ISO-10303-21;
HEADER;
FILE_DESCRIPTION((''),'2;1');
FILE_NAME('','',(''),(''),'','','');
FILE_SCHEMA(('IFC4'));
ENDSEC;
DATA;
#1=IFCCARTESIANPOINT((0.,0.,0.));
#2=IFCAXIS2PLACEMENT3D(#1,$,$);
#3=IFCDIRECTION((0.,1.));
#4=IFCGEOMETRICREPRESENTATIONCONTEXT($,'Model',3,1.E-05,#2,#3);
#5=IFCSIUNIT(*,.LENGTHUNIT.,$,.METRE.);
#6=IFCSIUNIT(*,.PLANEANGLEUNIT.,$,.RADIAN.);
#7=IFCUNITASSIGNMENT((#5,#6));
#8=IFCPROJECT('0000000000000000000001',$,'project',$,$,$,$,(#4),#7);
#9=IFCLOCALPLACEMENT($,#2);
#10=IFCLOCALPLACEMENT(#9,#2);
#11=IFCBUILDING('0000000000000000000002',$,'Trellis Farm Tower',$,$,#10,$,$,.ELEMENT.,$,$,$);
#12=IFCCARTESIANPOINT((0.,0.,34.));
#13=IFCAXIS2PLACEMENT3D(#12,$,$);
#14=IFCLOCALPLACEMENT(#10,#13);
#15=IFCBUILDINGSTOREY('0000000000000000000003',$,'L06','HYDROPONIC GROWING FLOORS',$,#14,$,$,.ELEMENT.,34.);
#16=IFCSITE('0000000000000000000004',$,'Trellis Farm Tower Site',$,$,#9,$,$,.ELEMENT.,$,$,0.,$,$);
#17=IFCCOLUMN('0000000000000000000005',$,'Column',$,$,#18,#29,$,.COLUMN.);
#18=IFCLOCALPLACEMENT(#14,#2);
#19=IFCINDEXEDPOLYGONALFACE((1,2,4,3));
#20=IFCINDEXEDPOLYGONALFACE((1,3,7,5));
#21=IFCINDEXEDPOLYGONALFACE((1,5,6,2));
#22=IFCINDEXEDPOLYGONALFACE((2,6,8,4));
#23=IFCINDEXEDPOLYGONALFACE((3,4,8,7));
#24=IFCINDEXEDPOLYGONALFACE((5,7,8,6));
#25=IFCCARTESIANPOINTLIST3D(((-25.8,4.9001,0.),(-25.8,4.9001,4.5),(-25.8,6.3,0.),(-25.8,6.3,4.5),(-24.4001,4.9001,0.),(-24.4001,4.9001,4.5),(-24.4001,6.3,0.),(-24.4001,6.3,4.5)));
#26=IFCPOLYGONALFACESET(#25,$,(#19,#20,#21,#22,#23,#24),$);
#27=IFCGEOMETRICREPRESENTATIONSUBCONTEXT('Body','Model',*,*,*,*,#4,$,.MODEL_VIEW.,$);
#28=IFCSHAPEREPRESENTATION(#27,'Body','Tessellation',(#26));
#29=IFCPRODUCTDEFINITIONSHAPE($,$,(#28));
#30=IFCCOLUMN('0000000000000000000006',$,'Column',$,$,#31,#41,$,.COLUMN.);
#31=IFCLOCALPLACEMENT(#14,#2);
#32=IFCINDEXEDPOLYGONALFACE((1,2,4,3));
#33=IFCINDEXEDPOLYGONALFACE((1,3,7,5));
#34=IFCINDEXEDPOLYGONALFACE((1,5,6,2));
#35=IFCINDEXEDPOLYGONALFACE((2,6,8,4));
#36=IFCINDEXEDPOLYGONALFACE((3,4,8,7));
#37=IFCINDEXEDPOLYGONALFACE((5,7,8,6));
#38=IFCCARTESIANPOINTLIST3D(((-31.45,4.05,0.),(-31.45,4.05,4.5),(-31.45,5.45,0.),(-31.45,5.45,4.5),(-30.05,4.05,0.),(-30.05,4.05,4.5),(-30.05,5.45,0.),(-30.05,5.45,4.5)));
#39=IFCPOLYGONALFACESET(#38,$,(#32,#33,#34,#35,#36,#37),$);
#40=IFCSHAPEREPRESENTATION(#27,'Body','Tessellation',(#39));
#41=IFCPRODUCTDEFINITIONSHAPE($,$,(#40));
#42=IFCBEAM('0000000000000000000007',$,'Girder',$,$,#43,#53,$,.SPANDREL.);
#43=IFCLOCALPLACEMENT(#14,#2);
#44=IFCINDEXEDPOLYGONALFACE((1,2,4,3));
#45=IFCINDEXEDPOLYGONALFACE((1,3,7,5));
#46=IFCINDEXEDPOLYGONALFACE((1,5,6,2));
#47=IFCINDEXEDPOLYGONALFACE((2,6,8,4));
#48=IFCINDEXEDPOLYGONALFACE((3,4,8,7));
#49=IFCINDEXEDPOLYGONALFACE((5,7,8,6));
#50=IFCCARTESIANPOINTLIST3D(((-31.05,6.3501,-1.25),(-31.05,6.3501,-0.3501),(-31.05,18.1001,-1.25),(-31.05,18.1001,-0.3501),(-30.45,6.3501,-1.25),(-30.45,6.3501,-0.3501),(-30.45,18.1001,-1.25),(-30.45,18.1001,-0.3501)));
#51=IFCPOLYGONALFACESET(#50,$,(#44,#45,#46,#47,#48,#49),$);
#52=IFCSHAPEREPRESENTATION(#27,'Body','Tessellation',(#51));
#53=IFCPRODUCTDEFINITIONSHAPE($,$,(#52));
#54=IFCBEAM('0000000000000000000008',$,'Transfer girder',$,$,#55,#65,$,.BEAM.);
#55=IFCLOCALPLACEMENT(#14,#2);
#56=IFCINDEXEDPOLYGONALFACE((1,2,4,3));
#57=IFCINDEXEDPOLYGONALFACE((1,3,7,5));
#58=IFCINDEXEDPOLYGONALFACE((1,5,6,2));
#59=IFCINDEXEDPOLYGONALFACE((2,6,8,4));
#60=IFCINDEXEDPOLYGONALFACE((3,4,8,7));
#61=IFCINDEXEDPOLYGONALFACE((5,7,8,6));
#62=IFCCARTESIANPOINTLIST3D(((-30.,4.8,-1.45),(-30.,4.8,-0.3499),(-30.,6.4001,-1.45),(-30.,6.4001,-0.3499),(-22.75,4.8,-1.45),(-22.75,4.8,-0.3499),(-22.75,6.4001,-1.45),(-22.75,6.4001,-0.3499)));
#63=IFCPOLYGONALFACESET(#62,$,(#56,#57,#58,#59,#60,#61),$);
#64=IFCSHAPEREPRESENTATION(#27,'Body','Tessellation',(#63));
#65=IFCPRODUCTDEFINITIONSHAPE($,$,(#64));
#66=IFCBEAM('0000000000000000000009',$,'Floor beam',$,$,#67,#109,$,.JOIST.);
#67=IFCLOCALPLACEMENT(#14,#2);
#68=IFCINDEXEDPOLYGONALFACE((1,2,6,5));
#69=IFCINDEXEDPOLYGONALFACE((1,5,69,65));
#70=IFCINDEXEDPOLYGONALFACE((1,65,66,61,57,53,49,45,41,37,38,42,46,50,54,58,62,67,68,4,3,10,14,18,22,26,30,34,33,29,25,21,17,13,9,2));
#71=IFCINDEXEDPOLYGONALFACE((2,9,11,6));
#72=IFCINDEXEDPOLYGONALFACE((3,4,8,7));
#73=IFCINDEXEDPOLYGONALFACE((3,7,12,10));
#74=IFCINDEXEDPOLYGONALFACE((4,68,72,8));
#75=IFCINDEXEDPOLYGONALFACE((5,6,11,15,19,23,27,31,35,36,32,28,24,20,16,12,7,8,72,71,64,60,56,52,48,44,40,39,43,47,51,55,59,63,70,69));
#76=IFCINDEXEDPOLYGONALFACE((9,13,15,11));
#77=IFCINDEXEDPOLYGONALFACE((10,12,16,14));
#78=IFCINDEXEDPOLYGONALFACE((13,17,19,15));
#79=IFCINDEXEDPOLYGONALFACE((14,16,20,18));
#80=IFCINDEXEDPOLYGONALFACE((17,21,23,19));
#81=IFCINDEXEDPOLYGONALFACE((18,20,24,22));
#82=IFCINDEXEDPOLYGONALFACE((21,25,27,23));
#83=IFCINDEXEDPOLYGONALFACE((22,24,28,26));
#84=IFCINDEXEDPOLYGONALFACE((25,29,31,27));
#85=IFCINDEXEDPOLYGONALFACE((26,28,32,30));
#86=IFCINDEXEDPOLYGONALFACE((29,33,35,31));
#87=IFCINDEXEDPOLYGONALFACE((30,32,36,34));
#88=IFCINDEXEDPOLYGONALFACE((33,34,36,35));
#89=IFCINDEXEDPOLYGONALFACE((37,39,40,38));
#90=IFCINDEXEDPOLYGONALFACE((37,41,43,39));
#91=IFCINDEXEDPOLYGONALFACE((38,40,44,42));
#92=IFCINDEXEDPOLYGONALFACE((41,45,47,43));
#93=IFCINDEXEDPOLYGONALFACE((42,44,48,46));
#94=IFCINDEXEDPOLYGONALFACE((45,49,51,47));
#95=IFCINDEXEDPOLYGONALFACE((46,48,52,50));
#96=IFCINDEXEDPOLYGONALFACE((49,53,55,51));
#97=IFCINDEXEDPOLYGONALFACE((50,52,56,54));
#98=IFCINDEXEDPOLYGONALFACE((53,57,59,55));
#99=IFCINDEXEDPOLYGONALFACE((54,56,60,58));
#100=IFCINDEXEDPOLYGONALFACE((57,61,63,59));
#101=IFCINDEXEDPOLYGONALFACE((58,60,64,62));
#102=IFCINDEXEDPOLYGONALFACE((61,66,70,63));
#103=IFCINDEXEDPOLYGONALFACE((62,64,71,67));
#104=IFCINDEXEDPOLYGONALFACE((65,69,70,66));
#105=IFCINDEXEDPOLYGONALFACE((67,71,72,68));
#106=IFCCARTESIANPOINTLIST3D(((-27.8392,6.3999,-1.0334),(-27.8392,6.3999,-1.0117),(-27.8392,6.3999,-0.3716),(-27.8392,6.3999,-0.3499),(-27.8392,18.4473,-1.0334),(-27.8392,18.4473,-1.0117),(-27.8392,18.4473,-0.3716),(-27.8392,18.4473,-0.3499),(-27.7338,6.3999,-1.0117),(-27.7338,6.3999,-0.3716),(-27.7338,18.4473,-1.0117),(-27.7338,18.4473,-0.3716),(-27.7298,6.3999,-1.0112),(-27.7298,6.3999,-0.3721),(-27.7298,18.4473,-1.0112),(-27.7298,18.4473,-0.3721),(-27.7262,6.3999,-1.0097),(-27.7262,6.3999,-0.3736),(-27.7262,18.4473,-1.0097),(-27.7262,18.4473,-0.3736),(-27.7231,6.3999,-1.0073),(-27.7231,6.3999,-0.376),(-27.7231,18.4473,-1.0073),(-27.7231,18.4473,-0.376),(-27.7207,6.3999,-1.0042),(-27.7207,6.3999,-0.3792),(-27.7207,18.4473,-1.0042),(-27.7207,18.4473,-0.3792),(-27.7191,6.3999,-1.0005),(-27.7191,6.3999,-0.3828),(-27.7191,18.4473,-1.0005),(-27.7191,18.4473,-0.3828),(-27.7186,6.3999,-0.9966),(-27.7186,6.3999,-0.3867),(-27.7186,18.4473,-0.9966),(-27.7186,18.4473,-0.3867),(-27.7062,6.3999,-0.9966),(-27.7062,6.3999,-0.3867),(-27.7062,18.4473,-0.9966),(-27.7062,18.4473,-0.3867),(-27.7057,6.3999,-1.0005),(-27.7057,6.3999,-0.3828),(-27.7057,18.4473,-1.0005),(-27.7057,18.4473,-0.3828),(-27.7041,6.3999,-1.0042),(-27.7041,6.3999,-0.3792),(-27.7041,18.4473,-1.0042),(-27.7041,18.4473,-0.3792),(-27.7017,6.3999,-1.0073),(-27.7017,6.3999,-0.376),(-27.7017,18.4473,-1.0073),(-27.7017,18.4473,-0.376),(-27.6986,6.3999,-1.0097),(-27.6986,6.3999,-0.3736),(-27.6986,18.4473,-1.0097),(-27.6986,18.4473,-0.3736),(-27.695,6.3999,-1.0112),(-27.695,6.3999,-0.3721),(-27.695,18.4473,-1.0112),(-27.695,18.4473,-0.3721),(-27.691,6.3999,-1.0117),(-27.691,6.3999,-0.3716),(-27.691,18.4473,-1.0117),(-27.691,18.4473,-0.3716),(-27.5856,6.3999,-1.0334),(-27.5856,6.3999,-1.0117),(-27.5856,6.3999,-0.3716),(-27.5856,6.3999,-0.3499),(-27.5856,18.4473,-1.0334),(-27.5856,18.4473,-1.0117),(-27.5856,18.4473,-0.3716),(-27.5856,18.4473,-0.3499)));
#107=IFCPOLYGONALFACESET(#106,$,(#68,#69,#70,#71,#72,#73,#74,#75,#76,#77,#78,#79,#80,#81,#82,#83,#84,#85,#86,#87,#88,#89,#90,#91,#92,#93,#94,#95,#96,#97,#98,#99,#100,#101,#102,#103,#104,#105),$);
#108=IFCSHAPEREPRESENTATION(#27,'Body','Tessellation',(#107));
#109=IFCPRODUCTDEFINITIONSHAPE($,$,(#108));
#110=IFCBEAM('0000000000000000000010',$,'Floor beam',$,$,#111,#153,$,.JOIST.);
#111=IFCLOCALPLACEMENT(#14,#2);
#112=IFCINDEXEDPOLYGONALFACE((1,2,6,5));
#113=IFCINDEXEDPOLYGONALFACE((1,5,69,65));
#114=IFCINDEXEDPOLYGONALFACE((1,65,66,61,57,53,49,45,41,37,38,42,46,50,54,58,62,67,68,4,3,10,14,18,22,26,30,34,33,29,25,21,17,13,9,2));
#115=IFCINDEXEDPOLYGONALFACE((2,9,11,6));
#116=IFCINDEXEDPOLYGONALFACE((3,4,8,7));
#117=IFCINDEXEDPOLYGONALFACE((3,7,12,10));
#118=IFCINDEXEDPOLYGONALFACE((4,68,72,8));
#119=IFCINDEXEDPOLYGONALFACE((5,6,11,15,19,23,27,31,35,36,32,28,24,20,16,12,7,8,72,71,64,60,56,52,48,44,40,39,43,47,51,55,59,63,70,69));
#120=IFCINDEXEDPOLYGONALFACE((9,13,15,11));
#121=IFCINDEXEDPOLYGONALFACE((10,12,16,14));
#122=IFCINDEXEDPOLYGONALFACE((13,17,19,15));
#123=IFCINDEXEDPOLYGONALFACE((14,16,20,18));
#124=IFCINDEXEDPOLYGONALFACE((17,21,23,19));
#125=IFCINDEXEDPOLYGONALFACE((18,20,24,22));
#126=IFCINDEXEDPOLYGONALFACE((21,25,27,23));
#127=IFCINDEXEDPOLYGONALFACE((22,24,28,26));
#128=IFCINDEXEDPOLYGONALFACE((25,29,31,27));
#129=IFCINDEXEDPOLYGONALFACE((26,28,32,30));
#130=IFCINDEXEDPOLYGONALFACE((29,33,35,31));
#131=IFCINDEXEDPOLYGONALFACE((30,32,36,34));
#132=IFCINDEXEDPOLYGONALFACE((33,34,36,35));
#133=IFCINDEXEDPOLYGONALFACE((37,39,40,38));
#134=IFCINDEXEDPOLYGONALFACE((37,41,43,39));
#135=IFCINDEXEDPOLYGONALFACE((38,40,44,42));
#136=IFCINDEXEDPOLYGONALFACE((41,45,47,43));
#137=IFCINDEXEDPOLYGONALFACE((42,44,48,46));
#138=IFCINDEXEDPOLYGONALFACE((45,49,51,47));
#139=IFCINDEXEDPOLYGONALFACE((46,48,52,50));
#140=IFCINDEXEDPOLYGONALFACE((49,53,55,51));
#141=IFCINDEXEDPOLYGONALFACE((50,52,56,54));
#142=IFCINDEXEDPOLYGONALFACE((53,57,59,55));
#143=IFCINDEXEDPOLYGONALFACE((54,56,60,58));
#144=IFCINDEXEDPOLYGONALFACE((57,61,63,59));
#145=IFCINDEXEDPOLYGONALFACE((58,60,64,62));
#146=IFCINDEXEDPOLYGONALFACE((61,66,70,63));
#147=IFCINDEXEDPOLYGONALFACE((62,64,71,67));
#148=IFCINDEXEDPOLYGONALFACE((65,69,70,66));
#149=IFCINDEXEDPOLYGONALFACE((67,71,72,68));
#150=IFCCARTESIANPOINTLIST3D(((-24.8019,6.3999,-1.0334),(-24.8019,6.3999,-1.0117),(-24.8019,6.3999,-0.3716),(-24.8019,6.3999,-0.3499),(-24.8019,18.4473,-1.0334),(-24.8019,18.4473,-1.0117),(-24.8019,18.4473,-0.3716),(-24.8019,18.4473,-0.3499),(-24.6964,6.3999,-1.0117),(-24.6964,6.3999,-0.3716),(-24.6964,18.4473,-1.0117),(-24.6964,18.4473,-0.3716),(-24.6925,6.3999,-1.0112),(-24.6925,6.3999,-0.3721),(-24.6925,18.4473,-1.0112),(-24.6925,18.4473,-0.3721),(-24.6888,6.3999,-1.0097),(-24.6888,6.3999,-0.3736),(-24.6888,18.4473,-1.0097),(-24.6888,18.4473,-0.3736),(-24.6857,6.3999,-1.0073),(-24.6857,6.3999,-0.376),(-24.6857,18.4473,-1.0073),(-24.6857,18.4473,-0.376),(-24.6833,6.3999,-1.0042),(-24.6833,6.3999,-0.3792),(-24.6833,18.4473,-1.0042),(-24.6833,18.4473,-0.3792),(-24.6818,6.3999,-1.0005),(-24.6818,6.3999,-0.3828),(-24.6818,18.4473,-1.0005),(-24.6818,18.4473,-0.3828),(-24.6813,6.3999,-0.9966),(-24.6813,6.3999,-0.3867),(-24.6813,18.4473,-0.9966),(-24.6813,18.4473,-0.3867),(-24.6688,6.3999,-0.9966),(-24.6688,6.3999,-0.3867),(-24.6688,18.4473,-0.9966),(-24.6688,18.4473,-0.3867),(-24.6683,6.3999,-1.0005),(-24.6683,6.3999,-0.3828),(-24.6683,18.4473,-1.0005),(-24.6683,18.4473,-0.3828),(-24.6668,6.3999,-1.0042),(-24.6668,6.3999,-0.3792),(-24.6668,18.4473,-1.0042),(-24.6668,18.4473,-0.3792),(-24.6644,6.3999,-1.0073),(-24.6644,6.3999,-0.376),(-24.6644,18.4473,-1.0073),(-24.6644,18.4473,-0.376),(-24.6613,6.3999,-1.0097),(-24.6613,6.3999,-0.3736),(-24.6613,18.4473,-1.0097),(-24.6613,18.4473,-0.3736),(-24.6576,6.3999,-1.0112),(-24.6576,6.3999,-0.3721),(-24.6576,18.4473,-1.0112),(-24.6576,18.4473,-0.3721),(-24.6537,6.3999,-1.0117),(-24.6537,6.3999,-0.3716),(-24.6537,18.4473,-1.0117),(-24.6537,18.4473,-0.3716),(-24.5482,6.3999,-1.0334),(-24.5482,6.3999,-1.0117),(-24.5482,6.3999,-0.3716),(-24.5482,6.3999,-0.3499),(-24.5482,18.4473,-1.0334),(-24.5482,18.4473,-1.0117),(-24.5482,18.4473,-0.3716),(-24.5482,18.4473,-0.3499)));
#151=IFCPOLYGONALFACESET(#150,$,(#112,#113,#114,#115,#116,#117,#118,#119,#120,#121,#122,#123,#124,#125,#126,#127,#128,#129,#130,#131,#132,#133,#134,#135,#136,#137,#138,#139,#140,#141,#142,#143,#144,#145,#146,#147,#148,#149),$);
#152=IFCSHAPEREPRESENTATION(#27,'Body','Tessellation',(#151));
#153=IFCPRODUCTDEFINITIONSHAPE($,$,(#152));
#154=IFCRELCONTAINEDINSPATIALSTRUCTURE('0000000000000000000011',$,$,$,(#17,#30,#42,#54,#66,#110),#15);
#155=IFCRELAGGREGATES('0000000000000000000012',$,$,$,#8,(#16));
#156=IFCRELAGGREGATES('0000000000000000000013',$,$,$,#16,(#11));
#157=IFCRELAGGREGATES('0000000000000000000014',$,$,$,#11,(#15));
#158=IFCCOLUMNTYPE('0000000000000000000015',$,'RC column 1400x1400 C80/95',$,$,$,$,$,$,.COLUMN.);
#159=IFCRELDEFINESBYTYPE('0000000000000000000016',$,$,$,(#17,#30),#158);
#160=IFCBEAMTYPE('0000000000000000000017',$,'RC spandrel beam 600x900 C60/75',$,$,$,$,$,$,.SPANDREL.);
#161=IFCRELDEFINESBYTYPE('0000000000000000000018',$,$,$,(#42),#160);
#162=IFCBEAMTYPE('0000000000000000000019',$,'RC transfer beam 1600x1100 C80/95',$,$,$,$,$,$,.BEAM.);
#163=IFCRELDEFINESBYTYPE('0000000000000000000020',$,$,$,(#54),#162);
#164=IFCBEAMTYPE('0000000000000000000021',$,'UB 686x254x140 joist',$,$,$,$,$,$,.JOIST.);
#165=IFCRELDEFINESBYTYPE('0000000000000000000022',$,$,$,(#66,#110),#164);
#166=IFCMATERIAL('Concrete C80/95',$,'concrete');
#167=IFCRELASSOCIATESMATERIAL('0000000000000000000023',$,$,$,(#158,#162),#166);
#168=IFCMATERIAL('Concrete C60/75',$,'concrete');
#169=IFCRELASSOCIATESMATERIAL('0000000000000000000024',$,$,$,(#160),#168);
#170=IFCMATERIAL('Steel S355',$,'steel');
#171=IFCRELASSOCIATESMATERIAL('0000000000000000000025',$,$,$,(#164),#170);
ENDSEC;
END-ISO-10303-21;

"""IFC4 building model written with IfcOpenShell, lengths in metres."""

from ifc_helpers import new_model, si_unit, direction, frame, origin, origin_2d, place, context, subcontext, project, spatial, rectangle, i_section, extrude, source, transform, mapped, material, material_profile, profile_set, type_object, element, save


model = new_model("IFC4")

# Units and contexts
model_context = context("Model", 3, precision=1e-05, world=origin(), true_north=direction((0.0, 1.0)))
body_context = subcontext(model_context, "Body", "Model", "MODEL_VIEW")
ifc_project = project(units=[si_unit("LENGTHUNIT", "METRE"), si_unit("PLANEANGLEUNIT", "RADIAN")], contexts=[model_context])

# Site, building, storey
site_placement = place(None, origin())
site = spatial("IfcSite", under=ifc_project, at=site_placement, Name="Trellis Farm Tower Site", CompositionType="ELEMENT", RefElevation=0.0)
building_placement = place(site_placement, origin())
building = spatial("IfcBuilding", under=site, at=building_placement, Name="Trellis Farm Tower", CompositionType="ELEMENT")
storey_placement = place(building_placement, frame((0.0, 0.0, 34.0)))
storey = spatial("IfcBuildingStorey", under=building, at=storey_placement, Name="L06", Description="HYDROPONIC GROWING FLOORS", CompositionType="ELEMENT", Elevation=34.0)

# Columns
ifc_material_1 = material(Name="Concrete C80/95", Category="concrete")
ifc_material_profile_1 = material_profile(ifc_material_1, rectangle(XDim=1.3999, YDim=1.3999, at=origin_2d()), Name="RC column 1400x1400 C80/95")
ifc_profile_set_1 = profile_set([ifc_material_profile_1], Name="Concrete C80/95")
column_type = type_object("IfcColumnType", Name="RC column 1400x1400 C80/95", PredefinedType="COLUMN", material=ifc_profile_set_1)
shared_shape_1 = source(origin(), body_context, "Body", "SweptSolid", [
    extrude(rectangle(XDim=1.3999, YDim=1.3999, at=origin_2d()), origin(), (0.0, 0.0, 1.0), 4.5),
])
for number, where, z_axis, x_axis, name in (
    (1, (-25.1001, 5.6001, 0.0), (0.0, 0.0, 1.0), (1.0, 0.0, 0.0), "Column"),
    (2, (-30.75, 4.75, 0.0), (0.0, 0.0, 1.0), (1.0, 0.0, 0.0), "Column"),
):
    element("IfcColumn", number, at=place(storey_placement, frame(where, z_axis=z_axis, x_axis=x_axis)), inside=storey, type_object=column_type, Name=name, PredefinedType="COLUMN", context=body_context, shape_type="MappedRepresentation", body=[
        mapped(shared_shape_1, transform((0.0, 0.0, 0.0))),
    ])

# Beams
ifc_material_2 = material(Name="Concrete C60/75", Category="concrete")
ifc_material_profile_2 = material_profile(ifc_material_2, rectangle(XDim=0.6001, YDim=0.8999, at=origin_2d()), Name="RC spandrel beam 600x900 C60/75")
ifc_profile_set_2 = profile_set([ifc_material_profile_2], Name="Concrete C60/75")
beam_type_1 = type_object("IfcBeamType", Name="RC spandrel beam 600x900 C60/75", PredefinedType="SPANDREL", material=ifc_profile_set_2)
shared_shape_2 = source(origin(), body_context, "Body", "SweptSolid", [
    extrude(rectangle(XDim=0.6001, YDim=0.8999, at=origin_2d()), origin(), (0.0, 0.0, 1.0), 11.75),
])
beam_1_placement = place(storey_placement, frame((-30.75, 6.3501, -0.8), z_axis=(0.0, 1.0, 0.0), x_axis=(-1.0, 0.0, 0.0)))
element("IfcBeam", 3, at=beam_1_placement, inside=storey, type_object=beam_type_1, Name="Girder", PredefinedType="SPANDREL", context=body_context, shape_type="MappedRepresentation", body=[
    mapped(shared_shape_2, transform((0.0, 0.0, 0.0))),
])
ifc_material_profile_3 = material_profile(ifc_material_1, rectangle(XDim=1.6001, YDim=1.1001, at=origin_2d()), Name="RC transfer beam 1600x1100 C80/95")
ifc_profile_set_3 = profile_set([ifc_material_profile_3], Name="Concrete C80/95")
beam_type_2 = type_object("IfcBeamType", Name="RC transfer beam 1600x1100 C80/95", PredefinedType="BEAM", material=ifc_profile_set_3)
shared_shape_3 = source(origin(), body_context, "Body", "SweptSolid", [
    extrude(rectangle(XDim=1.6001, YDim=1.1001, at=origin_2d()), origin(), (0.0, 0.0, 1.0), 7.25),
])
beam_2_placement = place(storey_placement, frame((-30.0, 5.6001, -0.8999), z_axis=(1.0, 0.0, 0.0), x_axis=(0.0, 1.0, 0.0)))
element("IfcBeam", 4, at=beam_2_placement, inside=storey, type_object=beam_type_2, Name="Transfer girder", PredefinedType="BEAM", context=body_context, shape_type="MappedRepresentation", body=[
    mapped(shared_shape_3, transform((0.0, 0.0, 0.0))),
])
ifc_material_3 = material(Name="Steel S355", Category="steel")
ifc_material_profile_4 = material_profile(ifc_material_3, i_section(OverallWidth=0.2537, OverallDepth=0.6836, WebThickness=0.0125, FlangeThickness=0.0217, FilletRadius=0.0151, at=origin_2d()), Name="UB 686x254x140")
ifc_profile_set_4 = profile_set([ifc_material_profile_4], Name="Steel S355")
beam_type_3 = type_object("IfcBeamType", Name="UB 686x254x140 joist", PredefinedType="JOIST", material=ifc_profile_set_4)
shared_shape_4 = source(origin(), body_context, "Body", "SweptSolid", [
    extrude(i_section(OverallWidth=0.2537, OverallDepth=0.6836, WebThickness=0.0125, FlangeThickness=0.0217, FilletRadius=0.0151, at=origin_2d()), origin(), (0.0, 0.0, 1.0), 12.0474),
])
for number, where, z_axis, x_axis, name in (
    (5, (-27.7124, 6.3999, -0.6917), (0.0, 1.0, 0.0), (-1.0, 0.0, 0.0), "Floor beam"),
    (6, (-24.675, 6.3999, -0.6917), (0.0, 1.0, 0.0), (-1.0, 0.0, 0.0), "Floor beam"),
):
    element("IfcBeam", number, at=place(storey_placement, frame(where, z_axis=z_axis, x_axis=x_axis)), inside=storey, type_object=beam_type_3, Name=name, PredefinedType="JOIST", context=body_context, shape_type="MappedRepresentation", body=[
        mapped(shared_shape_4, transform((0.0, 0.0, 0.0))),
    ])

save(model, "model.ifc")
